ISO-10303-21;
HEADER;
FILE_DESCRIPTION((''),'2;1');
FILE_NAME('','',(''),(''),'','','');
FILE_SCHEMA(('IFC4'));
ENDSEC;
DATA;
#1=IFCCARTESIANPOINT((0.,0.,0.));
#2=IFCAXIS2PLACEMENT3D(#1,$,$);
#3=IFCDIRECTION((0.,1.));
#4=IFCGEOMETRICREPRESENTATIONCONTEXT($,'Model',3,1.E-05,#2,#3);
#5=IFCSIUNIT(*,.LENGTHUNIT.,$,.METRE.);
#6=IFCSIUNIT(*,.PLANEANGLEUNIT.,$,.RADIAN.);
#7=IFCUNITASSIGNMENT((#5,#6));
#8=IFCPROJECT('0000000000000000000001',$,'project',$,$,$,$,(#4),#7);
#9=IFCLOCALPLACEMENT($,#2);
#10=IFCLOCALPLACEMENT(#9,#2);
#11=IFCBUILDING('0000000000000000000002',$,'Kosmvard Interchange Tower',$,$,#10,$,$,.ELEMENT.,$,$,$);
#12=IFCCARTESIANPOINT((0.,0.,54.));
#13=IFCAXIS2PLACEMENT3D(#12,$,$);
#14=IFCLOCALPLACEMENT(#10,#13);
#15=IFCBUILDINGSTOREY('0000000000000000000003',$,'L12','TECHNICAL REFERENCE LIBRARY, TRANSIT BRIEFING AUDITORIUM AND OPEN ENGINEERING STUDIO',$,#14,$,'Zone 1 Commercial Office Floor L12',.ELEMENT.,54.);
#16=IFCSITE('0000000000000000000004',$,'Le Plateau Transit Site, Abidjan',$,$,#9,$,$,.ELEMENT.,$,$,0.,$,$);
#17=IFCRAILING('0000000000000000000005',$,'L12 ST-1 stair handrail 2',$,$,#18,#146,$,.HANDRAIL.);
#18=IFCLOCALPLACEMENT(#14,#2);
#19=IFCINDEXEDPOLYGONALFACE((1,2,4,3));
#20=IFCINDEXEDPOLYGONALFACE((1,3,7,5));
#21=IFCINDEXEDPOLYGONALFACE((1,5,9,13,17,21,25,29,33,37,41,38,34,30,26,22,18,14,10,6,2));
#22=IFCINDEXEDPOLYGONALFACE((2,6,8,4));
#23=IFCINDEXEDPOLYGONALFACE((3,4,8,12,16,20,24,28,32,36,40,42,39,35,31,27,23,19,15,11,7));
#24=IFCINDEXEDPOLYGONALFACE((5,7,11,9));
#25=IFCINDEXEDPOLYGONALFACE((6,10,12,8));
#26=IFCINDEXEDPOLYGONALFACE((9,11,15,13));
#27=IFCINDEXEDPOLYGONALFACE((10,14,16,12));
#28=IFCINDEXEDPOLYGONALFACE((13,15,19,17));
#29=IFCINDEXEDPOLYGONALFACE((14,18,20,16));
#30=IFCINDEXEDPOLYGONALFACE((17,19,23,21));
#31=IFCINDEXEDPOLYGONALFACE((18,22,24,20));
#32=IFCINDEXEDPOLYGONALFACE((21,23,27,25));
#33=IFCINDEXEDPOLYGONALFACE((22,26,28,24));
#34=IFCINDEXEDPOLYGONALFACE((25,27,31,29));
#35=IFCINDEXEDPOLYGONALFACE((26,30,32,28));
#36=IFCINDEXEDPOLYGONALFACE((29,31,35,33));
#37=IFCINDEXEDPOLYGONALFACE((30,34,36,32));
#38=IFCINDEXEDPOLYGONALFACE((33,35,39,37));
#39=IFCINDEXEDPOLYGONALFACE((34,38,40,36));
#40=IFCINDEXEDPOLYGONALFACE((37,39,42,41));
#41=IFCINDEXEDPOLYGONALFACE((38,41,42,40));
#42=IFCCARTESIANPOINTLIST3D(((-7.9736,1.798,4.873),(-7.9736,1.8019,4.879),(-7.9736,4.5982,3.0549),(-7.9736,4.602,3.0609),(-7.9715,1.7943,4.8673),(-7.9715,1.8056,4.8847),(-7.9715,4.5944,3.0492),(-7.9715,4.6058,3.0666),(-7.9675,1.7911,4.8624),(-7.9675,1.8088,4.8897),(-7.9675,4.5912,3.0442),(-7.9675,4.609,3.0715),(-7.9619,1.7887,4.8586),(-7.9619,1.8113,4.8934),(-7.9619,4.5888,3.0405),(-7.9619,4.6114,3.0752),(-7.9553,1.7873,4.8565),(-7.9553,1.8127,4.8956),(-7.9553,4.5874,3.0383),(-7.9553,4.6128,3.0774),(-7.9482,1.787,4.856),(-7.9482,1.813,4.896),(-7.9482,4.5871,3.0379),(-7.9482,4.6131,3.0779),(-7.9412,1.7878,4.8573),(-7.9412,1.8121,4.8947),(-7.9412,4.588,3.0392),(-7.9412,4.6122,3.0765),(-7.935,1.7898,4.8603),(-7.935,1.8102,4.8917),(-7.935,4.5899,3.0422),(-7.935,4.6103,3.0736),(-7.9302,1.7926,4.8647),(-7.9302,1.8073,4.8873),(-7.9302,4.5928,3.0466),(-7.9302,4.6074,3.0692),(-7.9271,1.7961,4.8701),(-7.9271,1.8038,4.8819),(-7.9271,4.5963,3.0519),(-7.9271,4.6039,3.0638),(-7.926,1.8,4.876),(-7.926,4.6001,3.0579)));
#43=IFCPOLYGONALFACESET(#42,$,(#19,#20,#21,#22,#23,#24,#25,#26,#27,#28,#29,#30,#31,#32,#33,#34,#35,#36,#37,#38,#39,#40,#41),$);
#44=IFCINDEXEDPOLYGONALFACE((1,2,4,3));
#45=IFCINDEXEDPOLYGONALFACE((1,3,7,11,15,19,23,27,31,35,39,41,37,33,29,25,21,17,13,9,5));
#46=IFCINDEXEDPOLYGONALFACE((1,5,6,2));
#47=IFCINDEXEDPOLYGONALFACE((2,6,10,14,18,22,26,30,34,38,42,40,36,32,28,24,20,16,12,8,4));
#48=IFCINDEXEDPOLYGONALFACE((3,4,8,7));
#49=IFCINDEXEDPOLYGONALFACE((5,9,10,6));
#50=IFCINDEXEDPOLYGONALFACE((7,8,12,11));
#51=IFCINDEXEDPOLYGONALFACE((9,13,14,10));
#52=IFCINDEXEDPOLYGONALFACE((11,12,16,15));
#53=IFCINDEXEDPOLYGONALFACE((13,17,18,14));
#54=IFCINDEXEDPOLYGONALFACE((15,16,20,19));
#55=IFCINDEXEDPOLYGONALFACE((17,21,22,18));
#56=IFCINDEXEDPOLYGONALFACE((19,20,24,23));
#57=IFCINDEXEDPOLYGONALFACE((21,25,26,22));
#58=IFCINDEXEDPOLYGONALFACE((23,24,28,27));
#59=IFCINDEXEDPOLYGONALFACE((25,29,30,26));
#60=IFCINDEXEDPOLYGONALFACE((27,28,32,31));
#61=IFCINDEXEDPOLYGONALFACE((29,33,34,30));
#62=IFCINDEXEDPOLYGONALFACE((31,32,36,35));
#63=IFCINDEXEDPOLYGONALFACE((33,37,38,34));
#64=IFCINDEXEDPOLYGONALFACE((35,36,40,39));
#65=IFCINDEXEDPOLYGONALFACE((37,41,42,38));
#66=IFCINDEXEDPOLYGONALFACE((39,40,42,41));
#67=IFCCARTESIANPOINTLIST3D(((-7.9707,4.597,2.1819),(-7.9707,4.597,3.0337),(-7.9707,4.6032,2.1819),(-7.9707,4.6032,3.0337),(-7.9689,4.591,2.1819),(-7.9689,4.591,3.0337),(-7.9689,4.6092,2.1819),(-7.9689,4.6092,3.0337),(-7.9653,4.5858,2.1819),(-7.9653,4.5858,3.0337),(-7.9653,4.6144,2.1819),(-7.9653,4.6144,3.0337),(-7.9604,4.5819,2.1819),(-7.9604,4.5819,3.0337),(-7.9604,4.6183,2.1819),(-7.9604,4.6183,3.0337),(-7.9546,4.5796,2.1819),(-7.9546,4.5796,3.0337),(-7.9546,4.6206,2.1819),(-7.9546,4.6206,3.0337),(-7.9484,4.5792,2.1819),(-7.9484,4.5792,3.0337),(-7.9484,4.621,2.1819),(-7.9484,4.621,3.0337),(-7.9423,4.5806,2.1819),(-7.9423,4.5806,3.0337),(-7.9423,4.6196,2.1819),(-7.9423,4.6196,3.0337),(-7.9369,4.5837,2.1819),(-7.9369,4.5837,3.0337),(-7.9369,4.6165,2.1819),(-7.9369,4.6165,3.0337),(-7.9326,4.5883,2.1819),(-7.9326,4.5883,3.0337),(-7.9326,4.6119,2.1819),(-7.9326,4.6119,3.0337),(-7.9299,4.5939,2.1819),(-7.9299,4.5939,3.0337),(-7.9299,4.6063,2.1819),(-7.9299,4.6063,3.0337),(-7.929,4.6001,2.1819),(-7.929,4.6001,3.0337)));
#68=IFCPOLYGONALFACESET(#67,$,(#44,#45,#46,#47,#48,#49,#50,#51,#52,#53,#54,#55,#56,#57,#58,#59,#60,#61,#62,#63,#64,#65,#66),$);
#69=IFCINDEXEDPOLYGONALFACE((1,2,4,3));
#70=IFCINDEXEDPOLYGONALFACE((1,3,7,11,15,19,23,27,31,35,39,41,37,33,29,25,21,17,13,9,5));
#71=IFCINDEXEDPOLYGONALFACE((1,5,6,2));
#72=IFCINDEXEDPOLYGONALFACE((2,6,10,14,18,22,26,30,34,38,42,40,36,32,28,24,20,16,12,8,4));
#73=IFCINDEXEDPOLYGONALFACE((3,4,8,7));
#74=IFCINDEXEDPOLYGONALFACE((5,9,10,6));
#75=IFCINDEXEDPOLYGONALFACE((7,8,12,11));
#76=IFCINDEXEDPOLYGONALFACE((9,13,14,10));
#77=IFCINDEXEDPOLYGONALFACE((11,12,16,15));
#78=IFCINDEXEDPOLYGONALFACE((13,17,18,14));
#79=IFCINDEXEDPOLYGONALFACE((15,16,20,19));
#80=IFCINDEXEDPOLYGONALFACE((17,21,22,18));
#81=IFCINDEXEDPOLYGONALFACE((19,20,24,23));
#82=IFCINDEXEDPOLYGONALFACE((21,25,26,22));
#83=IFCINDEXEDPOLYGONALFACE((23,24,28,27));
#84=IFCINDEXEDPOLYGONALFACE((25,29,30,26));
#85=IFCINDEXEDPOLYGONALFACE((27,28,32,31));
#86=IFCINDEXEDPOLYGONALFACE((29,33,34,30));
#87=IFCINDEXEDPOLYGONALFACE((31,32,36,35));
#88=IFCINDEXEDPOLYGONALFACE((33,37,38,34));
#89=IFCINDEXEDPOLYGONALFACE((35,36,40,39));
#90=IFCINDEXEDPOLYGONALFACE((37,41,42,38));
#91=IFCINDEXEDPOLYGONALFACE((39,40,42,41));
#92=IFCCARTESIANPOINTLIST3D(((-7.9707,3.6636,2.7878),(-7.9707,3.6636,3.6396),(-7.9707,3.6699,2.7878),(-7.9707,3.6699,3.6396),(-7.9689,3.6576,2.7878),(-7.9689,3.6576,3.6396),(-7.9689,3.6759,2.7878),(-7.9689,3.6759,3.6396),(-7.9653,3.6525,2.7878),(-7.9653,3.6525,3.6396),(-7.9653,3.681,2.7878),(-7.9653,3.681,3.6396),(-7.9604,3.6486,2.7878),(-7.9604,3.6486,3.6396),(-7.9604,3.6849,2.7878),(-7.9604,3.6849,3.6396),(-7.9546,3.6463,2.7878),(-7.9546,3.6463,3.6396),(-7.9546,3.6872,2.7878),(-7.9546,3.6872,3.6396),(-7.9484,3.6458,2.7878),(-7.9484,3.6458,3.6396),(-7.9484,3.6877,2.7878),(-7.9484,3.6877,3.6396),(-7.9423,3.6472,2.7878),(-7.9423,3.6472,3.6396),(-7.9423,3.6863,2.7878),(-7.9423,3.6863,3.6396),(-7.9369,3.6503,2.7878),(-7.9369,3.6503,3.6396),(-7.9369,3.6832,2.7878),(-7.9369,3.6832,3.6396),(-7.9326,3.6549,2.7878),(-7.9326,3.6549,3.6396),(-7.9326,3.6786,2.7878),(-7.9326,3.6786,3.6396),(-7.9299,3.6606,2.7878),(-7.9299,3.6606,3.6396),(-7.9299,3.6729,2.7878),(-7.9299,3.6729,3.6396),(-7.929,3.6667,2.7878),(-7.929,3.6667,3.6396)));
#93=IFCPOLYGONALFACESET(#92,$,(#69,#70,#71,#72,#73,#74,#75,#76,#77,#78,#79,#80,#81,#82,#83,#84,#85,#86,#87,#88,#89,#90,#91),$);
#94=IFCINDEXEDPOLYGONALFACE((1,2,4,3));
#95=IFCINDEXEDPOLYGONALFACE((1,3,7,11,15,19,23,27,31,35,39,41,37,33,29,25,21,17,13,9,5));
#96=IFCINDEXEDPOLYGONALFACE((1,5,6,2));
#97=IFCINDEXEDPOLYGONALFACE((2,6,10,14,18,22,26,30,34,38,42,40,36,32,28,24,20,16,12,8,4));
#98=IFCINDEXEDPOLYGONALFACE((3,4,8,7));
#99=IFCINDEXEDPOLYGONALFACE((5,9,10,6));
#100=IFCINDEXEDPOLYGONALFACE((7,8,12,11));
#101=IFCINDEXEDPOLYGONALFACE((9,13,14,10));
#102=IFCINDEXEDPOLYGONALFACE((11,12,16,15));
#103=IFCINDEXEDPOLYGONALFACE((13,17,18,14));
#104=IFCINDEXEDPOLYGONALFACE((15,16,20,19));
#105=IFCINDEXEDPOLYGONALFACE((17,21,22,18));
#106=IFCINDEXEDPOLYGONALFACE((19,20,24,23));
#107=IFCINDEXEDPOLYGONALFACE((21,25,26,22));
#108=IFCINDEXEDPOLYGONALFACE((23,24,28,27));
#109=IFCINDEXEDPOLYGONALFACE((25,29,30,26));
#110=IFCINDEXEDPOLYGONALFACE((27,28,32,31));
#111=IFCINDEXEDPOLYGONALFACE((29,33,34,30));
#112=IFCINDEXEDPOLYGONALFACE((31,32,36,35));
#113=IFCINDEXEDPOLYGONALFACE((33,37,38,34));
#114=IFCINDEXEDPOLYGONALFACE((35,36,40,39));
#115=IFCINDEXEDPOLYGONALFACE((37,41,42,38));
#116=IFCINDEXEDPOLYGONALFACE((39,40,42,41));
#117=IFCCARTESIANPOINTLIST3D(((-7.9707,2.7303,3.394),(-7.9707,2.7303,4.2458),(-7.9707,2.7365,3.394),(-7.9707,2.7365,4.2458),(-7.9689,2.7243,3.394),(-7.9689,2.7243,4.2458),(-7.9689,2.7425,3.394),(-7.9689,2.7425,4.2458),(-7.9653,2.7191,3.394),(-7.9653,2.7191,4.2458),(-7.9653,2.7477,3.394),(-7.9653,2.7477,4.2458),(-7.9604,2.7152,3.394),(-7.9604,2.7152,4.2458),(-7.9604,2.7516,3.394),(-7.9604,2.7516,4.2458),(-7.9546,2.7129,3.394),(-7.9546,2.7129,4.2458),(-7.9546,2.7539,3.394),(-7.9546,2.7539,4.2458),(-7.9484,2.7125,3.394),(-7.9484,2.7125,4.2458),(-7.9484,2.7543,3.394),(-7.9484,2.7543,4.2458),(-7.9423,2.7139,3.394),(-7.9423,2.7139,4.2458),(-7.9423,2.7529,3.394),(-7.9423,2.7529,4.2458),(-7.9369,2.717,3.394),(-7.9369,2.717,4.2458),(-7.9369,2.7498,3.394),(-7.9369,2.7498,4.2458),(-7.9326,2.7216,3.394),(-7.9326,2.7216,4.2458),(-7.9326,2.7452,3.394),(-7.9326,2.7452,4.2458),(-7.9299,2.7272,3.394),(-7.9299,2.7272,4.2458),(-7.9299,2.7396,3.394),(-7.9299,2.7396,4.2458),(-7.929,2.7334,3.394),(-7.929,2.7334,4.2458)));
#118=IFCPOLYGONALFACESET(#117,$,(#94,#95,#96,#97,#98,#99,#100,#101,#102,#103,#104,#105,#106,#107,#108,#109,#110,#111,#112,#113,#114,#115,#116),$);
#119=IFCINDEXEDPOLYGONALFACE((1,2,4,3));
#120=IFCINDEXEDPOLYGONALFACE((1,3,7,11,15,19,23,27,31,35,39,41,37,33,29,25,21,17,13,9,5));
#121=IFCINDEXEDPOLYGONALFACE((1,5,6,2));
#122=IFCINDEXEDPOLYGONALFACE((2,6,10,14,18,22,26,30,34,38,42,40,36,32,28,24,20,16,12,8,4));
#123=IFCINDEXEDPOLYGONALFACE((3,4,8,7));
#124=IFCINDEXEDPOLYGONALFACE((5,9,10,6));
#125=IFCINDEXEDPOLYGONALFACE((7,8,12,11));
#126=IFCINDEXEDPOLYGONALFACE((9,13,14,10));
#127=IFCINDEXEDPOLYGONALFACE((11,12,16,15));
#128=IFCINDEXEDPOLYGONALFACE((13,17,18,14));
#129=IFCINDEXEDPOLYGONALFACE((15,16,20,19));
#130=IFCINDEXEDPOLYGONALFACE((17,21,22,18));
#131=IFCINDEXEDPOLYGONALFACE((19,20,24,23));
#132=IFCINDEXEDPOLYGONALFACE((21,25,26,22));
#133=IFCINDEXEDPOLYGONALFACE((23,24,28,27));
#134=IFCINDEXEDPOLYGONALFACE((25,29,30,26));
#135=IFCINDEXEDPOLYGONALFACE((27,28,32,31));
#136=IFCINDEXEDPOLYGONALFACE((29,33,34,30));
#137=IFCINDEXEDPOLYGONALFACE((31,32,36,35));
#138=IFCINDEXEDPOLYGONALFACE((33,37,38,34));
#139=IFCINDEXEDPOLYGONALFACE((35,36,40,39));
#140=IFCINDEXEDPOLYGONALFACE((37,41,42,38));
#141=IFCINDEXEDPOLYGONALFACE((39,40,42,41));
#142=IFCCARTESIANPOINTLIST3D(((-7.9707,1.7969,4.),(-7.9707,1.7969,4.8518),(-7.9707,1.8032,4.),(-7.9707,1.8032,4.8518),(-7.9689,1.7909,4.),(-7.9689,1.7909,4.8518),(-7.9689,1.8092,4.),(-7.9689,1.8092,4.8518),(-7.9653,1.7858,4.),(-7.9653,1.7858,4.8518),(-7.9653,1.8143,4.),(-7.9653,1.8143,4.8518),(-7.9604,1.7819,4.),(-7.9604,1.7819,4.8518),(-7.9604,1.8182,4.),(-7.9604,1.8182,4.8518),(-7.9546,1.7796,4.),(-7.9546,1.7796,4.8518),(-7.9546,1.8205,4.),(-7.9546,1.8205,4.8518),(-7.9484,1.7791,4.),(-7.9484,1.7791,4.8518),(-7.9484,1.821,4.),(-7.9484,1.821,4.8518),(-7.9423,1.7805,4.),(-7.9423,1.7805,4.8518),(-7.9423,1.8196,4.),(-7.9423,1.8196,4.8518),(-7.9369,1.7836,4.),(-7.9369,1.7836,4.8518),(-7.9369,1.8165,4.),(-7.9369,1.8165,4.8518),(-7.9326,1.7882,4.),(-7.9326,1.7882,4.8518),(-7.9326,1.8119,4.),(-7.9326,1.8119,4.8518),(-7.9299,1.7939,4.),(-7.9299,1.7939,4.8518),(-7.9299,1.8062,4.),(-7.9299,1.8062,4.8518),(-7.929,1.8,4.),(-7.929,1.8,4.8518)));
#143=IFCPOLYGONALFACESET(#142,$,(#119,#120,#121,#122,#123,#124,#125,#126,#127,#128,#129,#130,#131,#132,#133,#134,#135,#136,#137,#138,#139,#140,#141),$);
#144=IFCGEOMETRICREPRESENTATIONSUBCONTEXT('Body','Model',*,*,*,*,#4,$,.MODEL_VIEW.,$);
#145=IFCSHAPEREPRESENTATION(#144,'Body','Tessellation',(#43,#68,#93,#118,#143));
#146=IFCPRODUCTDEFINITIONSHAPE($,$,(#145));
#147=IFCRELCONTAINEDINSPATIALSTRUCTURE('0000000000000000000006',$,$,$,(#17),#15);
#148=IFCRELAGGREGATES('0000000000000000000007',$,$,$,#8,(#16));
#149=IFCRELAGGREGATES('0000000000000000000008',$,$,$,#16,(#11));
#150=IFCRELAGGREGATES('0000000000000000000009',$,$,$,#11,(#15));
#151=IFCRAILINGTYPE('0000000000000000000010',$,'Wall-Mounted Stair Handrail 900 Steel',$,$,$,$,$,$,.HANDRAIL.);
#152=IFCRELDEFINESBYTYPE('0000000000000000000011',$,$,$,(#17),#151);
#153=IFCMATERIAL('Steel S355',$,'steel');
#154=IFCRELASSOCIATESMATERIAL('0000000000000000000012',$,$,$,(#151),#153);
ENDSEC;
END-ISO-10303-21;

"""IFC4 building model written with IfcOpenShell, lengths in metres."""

from ifc_helpers import new_model, si_unit, direction, frame, origin, origin_2d, place, context, subcontext, project, spatial, circle, extrude, source, transform, mapped, material, type_object, element, save


model = new_model("IFC4")

# Units and contexts
model_context = context("Model", 3, precision=1e-05, world=origin(), true_north=direction((0.0, 1.0)))
body_context = subcontext(model_context, "Body", "Model", "MODEL_VIEW")
ifc_project = project(units=[si_unit("LENGTHUNIT", "METRE"), si_unit("PLANEANGLEUNIT", "RADIAN")], contexts=[model_context])

# Site, building, storey
site_placement = place(None, origin())
site = spatial("IfcSite", under=ifc_project, at=site_placement, Name="Le Plateau Transit Site, Abidjan", CompositionType="ELEMENT", RefElevation=0.0)
building_placement = place(site_placement, origin())
building = spatial("IfcBuilding", under=site, at=building_placement, Name="Kosmvard Interchange Tower", CompositionType="ELEMENT")
storey_placement = place(building_placement, frame((0.0, 0.0, 54.0)))
storey = spatial("IfcBuildingStorey", under=building, at=storey_placement, Name="L12", Description="TECHNICAL REFERENCE LIBRARY, TRANSIT BRIEFING AUDITORIUM AND OPEN ENGINEERING STUDIO", LongName="Zone 1 Commercial Office Floor L12", CompositionType="ELEMENT", Elevation=54.0)

# Shared definitions
ifc_material_1 = material(Name="Steel S355", Category="steel")

# Railing
railing_type_1 = type_object("IfcRailingType", Name="Wall-Mounted Stair Handrail 900 Steel", PredefinedType="HANDRAIL", material=ifc_material_1)
shared_shape_1 = source(origin(), body_context, "Body", "SweptSolid", [
    extrude(circle(Radius=0.0239, at=origin_2d()), frame((0.0, 0.0, 0.876), z_axis=(0.0, -0.838706, 0.544585), x_axis=(1.0, 0.0, 0.0)), (0.0, 0.0, 1.0), 3.3386),
    extrude(circle(Radius=0.021, at=origin_2d()), origin(), (0.0, 0.0, 1.0), 0.8518),
    extrude(circle(Radius=0.021, at=origin_2d()), frame((0.0, -0.9333, 0.606)), (0.0, 0.0, 1.0), 0.8518),
    extrude(circle(Radius=0.021, at=origin_2d()), frame((0.0, -1.8667, 1.2122)), (0.0, 0.0, 1.0), 0.8518),
    extrude(circle(Radius=0.021, at=origin_2d()), frame((0.0, -2.8, 1.8181)), (0.0, 0.0, 1.0), 0.8518),
])
railing_1_placement = place(storey_placement, frame((-7.95, 4.6001, 2.1819)))
element("IfcRailing", 1, at=railing_1_placement, inside=storey, type_object=railing_type_1, Name="L12 ST-1 stair handrail 2", PredefinedType="HANDRAIL", context=body_context, shape_type="MappedRepresentation", body=[
    mapped(shared_shape_1, transform((0.0, 0.0, 0.0), scale=1.0)),
])

save(model, "model.ifc")
